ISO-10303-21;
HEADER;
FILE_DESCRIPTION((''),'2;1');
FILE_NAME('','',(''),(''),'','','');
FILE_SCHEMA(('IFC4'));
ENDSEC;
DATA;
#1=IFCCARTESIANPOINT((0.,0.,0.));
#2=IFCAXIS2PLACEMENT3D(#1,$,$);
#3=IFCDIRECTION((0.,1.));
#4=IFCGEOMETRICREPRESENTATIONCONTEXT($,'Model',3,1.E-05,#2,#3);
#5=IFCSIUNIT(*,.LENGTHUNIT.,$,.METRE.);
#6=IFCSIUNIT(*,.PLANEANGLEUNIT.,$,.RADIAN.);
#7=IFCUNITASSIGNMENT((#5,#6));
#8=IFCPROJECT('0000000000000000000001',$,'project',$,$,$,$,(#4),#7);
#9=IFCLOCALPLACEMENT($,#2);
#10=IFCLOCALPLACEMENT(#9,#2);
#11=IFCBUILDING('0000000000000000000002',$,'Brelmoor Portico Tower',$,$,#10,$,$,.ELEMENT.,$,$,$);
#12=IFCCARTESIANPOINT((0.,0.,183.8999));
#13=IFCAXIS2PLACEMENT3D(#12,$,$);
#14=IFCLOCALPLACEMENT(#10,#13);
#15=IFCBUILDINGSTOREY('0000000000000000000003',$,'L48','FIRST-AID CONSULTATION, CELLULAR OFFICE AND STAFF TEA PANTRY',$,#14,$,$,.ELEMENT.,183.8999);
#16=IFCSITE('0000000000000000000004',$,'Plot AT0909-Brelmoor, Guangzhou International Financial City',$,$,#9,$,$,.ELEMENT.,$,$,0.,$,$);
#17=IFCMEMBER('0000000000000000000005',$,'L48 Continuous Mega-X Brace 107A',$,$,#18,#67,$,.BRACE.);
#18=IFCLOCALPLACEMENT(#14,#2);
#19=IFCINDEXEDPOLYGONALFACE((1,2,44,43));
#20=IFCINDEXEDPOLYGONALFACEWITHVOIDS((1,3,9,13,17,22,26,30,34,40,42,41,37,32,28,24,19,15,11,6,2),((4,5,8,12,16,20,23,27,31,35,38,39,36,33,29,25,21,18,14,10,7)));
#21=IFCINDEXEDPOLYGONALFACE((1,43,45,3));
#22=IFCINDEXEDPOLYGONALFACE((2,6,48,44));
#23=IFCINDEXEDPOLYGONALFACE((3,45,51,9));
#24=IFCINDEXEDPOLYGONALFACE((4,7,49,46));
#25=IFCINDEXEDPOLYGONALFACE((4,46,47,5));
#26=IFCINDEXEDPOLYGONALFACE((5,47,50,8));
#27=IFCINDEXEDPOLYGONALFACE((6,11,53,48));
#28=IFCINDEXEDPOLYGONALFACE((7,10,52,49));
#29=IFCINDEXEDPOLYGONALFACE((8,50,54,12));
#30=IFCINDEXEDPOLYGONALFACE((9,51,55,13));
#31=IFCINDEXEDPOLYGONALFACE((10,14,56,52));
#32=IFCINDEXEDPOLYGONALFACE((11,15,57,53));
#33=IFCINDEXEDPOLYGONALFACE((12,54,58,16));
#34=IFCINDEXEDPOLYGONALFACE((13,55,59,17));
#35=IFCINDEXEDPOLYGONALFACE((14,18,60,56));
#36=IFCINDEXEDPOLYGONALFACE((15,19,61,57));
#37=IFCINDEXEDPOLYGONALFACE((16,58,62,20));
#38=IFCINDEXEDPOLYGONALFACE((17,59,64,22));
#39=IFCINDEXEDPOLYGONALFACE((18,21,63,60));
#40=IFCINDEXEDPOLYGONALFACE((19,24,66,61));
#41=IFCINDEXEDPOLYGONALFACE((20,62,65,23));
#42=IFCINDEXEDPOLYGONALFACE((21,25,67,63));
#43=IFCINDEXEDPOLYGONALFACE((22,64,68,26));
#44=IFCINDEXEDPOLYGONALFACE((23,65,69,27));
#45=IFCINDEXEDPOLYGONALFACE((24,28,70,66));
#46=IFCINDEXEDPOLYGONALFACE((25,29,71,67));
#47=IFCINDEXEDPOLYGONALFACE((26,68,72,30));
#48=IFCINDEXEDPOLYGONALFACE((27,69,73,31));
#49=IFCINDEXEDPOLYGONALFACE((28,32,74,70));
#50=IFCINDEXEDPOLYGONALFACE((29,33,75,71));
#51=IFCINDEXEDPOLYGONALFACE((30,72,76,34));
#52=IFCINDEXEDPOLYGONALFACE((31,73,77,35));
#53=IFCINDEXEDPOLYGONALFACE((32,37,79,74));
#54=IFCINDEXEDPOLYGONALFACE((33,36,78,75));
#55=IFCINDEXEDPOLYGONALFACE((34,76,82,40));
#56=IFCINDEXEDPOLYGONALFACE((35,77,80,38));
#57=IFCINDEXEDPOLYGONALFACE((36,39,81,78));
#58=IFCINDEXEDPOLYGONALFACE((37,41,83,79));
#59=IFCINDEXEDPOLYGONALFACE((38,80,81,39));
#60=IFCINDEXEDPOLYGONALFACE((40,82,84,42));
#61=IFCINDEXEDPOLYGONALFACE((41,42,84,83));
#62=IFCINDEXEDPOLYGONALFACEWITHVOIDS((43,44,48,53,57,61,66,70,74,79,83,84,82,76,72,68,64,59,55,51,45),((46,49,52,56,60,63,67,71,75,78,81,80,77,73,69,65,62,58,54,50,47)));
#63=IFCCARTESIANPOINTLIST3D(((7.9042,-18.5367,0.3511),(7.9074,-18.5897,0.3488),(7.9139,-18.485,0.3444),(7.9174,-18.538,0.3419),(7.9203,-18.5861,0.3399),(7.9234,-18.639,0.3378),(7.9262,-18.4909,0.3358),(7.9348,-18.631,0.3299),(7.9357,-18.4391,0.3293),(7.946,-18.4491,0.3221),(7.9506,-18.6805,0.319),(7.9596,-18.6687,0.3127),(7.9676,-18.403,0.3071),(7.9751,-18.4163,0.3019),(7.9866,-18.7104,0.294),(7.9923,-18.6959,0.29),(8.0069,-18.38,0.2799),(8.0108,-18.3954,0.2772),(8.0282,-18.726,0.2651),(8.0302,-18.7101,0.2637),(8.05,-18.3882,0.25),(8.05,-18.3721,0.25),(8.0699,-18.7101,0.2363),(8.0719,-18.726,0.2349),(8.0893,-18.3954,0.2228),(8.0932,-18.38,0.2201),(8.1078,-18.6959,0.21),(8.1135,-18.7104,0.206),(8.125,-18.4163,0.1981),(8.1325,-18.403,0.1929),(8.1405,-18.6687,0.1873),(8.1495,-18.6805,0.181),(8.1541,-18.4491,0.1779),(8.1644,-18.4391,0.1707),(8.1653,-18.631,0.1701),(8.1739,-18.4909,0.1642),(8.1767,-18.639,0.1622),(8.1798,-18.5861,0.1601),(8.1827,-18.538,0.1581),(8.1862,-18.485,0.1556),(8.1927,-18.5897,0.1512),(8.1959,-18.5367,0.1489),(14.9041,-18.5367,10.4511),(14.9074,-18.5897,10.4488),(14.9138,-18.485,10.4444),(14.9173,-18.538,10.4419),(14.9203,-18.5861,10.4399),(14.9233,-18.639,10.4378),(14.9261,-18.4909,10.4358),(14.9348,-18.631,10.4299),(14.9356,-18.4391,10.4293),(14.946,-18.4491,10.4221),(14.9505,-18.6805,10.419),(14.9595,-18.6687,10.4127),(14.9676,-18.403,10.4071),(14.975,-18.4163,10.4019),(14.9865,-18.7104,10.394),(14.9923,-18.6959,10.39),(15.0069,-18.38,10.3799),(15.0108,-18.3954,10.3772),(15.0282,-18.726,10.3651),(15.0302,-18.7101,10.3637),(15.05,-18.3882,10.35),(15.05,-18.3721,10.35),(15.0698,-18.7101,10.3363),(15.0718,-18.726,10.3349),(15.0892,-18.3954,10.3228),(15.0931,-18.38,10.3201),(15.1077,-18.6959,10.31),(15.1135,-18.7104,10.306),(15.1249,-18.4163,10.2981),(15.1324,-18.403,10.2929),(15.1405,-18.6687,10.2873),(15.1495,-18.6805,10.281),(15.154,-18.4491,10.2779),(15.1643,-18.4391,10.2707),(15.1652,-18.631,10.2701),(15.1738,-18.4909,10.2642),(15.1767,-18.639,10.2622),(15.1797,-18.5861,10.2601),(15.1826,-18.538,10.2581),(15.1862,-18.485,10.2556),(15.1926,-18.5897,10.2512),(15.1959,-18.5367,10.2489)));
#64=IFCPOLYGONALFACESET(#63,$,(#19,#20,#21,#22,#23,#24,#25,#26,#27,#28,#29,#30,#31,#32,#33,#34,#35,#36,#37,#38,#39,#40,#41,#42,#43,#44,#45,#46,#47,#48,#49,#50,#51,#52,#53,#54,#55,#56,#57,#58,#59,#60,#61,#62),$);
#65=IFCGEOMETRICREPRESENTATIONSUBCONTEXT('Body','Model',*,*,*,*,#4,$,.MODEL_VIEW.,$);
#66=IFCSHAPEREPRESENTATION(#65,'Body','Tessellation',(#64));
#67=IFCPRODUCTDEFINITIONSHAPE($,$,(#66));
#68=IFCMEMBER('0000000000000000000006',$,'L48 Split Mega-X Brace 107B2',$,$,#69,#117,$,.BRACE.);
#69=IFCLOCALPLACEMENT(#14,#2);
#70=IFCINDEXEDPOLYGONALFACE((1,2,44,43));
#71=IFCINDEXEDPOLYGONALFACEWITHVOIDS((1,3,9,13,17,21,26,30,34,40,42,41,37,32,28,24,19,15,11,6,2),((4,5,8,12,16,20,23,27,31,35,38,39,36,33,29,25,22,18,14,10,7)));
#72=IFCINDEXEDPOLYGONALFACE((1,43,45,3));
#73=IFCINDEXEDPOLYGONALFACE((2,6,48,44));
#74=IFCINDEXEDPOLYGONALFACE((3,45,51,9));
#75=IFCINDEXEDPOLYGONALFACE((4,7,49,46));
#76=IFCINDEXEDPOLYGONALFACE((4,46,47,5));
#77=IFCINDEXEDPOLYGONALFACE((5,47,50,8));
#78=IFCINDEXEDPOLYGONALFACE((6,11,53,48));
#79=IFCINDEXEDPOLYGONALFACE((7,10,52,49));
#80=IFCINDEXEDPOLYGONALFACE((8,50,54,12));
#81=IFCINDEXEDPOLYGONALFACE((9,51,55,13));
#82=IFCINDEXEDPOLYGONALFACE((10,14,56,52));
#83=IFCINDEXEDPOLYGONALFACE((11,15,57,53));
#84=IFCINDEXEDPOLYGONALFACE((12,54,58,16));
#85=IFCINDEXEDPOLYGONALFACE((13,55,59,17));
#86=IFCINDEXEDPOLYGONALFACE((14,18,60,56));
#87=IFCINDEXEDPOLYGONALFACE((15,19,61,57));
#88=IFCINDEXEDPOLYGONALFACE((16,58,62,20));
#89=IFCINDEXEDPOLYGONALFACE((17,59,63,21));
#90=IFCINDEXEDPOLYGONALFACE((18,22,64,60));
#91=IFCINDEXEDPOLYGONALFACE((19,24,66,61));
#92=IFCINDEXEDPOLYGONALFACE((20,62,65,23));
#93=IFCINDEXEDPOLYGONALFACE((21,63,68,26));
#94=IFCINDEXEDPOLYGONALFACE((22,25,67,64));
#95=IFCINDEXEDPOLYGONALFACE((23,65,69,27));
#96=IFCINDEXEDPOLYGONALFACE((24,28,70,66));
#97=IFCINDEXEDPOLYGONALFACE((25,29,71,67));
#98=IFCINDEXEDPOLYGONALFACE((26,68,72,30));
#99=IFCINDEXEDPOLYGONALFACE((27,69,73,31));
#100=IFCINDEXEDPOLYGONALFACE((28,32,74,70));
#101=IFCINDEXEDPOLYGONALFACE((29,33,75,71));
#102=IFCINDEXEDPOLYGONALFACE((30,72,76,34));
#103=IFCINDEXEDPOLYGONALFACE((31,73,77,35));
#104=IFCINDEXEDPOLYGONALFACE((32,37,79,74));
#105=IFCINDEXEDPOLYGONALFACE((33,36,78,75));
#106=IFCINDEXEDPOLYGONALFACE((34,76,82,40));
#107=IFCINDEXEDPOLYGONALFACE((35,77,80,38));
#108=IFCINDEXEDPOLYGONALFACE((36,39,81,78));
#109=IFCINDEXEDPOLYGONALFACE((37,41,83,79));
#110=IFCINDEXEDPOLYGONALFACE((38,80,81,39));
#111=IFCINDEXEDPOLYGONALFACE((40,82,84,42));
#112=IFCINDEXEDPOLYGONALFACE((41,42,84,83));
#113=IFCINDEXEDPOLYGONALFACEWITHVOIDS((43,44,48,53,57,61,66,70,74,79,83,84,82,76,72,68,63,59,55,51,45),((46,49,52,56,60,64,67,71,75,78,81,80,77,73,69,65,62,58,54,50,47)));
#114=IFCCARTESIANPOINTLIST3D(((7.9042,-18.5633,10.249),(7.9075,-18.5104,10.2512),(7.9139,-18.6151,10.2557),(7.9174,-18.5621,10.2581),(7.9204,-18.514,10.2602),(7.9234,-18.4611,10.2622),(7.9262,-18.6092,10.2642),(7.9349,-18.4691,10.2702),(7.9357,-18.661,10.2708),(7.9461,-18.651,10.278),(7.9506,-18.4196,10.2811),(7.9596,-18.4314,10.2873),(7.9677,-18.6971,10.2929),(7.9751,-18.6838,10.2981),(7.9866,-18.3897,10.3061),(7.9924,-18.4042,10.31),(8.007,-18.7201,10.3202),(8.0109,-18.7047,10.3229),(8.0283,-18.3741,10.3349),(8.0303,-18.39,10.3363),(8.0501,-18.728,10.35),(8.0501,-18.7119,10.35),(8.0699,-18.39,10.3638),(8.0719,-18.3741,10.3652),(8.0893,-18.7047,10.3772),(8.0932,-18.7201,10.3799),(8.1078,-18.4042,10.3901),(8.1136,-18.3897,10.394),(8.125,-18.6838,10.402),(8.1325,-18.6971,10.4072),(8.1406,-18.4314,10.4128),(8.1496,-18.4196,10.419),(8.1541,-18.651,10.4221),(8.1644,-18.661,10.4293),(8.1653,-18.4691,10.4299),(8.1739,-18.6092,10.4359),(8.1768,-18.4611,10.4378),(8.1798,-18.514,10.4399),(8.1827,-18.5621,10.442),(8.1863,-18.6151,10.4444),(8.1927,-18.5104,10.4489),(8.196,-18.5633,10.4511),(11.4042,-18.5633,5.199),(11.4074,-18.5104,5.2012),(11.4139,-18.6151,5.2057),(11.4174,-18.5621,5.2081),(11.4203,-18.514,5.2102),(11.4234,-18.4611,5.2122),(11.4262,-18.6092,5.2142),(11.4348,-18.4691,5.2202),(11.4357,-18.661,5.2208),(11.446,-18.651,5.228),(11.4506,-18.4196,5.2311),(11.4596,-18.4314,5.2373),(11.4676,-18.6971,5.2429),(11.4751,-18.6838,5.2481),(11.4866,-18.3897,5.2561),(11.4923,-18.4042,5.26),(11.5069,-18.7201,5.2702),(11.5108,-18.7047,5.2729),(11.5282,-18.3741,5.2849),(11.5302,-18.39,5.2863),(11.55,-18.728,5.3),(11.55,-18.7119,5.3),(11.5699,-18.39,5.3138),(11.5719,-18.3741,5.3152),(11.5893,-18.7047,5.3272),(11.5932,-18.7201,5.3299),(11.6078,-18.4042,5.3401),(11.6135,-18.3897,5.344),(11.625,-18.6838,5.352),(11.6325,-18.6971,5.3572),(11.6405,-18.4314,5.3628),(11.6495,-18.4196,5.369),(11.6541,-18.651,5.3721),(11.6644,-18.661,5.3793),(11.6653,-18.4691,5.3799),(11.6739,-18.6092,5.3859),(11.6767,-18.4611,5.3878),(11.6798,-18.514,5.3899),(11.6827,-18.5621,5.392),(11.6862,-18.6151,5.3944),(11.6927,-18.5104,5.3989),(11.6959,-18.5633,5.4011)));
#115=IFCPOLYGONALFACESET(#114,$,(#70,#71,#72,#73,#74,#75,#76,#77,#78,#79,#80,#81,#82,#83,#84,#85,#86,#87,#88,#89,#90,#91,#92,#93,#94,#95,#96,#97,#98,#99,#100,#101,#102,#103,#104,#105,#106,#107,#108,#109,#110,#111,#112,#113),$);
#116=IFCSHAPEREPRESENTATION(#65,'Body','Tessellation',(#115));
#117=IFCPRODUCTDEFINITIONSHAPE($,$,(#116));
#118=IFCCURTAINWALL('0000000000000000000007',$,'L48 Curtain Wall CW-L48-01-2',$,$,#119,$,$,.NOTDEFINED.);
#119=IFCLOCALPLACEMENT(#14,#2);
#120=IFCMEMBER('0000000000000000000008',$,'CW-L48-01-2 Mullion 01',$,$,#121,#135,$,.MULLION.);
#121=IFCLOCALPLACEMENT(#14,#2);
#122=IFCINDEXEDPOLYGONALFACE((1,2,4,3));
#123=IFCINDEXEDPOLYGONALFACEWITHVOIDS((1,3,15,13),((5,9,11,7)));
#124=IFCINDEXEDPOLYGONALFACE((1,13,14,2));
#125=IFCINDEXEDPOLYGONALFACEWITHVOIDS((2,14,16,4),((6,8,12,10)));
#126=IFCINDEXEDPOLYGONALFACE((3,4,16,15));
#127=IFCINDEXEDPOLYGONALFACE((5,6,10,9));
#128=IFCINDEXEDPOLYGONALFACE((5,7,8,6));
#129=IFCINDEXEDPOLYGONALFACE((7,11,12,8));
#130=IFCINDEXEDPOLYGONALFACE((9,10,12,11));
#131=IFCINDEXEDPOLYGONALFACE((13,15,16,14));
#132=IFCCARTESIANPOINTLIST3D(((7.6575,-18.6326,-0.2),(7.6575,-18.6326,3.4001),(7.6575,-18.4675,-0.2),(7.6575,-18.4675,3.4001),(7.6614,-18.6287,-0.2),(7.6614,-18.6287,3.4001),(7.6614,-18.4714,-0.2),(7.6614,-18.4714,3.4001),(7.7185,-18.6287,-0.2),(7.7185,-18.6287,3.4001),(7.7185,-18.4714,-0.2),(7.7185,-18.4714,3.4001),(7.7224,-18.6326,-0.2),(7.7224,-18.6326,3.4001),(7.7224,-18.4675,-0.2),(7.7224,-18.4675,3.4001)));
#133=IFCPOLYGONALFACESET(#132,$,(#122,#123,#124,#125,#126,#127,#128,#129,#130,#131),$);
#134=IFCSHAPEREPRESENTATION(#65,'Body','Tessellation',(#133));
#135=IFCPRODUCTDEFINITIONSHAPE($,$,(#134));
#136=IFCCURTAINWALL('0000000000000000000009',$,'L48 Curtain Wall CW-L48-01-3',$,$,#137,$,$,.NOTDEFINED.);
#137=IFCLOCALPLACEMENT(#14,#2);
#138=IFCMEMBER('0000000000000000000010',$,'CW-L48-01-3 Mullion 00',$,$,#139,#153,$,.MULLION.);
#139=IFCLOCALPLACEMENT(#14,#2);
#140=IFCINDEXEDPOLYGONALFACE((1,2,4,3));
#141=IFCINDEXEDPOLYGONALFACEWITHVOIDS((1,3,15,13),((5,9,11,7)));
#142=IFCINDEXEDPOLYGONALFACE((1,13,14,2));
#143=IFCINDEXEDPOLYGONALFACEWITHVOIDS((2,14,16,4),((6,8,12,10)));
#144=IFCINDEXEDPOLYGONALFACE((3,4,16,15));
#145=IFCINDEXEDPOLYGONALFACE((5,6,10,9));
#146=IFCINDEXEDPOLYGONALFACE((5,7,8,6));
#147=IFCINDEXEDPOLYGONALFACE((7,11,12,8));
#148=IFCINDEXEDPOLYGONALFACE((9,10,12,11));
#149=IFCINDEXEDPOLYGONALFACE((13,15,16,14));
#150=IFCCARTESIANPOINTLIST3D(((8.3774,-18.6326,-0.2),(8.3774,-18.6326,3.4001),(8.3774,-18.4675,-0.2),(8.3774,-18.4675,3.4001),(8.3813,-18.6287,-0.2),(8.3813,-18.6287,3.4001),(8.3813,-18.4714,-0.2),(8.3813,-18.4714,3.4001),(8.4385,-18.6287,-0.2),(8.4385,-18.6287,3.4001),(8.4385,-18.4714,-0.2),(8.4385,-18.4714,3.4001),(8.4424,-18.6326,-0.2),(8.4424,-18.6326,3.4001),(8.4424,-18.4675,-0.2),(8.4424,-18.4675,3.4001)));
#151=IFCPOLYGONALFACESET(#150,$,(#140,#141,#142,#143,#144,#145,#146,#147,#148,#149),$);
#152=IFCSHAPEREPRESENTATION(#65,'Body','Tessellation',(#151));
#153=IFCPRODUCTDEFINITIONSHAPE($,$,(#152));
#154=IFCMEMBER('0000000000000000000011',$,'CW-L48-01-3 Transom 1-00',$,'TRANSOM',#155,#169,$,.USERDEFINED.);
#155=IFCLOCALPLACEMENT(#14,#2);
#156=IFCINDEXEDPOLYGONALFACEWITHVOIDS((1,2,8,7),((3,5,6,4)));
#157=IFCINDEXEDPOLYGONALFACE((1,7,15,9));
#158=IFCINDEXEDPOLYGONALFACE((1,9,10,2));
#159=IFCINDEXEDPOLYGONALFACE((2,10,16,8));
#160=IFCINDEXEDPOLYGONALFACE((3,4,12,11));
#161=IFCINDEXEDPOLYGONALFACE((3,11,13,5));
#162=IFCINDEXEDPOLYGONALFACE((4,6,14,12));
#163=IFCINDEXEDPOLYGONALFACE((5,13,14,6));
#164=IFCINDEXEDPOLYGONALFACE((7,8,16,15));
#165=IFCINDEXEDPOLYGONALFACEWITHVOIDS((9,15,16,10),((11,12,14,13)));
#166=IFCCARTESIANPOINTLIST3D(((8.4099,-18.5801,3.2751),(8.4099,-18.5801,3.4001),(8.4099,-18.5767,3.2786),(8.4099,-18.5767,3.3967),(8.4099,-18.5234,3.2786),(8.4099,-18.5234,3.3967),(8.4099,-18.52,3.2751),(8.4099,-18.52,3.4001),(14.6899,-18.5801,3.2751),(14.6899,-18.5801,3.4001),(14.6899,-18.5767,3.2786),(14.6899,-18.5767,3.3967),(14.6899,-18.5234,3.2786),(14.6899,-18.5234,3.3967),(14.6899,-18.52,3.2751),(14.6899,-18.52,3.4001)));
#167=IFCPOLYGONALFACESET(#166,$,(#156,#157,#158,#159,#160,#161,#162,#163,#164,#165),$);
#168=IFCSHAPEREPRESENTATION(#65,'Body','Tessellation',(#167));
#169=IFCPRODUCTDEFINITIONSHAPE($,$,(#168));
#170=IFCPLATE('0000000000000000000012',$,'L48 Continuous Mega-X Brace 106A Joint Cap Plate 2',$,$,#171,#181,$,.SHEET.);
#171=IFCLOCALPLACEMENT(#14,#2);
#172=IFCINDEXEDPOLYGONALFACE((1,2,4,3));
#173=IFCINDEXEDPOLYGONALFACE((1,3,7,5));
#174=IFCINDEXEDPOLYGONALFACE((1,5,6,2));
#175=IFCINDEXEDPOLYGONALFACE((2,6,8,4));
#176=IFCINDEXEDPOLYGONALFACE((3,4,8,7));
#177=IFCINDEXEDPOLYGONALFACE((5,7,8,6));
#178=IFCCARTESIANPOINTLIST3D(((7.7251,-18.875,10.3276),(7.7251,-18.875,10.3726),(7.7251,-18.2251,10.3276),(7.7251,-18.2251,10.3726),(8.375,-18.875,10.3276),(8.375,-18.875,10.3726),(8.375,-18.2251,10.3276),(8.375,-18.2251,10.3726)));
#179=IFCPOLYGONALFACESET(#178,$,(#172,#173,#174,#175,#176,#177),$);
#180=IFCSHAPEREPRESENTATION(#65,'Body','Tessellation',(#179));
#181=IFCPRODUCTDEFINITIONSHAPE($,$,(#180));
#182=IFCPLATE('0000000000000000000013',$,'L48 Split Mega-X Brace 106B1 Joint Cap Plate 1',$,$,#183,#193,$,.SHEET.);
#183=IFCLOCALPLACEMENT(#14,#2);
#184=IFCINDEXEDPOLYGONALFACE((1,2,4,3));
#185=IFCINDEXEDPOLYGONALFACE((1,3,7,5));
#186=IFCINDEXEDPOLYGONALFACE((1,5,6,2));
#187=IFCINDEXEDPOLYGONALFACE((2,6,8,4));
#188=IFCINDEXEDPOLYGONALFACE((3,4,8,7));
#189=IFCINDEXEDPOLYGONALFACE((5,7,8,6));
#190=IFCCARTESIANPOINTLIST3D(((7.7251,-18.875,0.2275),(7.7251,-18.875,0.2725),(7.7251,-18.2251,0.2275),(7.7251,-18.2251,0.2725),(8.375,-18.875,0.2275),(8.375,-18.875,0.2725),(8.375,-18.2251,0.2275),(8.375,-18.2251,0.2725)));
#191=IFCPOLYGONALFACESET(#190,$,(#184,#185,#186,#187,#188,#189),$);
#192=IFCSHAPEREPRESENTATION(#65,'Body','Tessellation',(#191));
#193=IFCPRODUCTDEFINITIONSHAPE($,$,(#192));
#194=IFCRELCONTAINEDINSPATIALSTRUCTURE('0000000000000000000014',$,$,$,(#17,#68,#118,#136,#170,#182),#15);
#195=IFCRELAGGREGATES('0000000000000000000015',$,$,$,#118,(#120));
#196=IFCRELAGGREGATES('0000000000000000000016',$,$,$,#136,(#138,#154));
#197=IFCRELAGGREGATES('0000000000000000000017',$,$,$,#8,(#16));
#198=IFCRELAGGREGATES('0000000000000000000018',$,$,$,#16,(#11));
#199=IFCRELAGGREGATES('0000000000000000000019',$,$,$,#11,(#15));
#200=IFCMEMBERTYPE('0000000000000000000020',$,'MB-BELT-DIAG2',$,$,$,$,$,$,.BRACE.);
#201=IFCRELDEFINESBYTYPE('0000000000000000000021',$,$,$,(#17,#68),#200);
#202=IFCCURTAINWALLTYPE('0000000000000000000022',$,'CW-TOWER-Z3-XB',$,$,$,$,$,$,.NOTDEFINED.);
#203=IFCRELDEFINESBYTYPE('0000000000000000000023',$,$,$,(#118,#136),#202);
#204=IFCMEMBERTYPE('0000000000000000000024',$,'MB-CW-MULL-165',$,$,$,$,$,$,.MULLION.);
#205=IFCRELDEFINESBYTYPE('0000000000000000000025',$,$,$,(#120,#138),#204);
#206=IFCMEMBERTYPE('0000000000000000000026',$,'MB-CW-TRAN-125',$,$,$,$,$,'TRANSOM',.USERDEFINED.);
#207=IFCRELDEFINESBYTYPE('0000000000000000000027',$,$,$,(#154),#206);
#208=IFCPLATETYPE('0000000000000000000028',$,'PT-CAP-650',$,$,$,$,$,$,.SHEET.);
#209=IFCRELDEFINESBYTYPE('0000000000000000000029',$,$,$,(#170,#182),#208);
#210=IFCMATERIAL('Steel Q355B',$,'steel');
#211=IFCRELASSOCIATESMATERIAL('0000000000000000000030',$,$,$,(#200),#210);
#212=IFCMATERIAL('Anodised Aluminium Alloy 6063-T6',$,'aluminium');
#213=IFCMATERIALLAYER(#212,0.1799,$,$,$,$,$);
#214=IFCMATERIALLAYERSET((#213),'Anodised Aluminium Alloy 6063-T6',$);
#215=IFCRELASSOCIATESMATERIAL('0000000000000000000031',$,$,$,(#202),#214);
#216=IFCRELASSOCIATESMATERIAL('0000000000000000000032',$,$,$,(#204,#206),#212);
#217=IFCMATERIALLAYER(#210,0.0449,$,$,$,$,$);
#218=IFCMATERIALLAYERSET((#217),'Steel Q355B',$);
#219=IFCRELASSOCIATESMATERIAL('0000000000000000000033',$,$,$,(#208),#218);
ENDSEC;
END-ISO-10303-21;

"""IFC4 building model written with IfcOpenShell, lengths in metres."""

from ifc_helpers import new_model, si_unit, direction, frame, origin, origin_2d, place, context, subcontext, project, spatial, rectangle, hollow_rectangle, hollow_circle, extrude, material, layer, layer_set, material_profile, profile_set, type_object, element, aggregate, save


model = new_model("IFC4")

# Units and contexts
model_context = context("Model", 3, precision=1e-05, world=origin(), true_north=direction((0.0, 1.0)))
body_context = subcontext(model_context, "Body", "Model", "MODEL_VIEW")
ifc_project = project(units=[si_unit("LENGTHUNIT", "METRE"), si_unit("PLANEANGLEUNIT", "RADIAN")], contexts=[model_context])

# Site, building, storey
site_placement = place(None, origin())
site = spatial("IfcSite", under=ifc_project, at=site_placement, Name="Plot AT0909-Brelmoor, Guangzhou International Financial City", CompositionType="ELEMENT", RefElevation=0.0)
building_placement = place(site_placement, origin())
building = spatial("IfcBuilding", under=site, at=building_placement, Name="Brelmoor Portico Tower", CompositionType="ELEMENT")
storey_placement = place(building_placement, frame((0.0, 0.0, 183.8999)))
storey = spatial("IfcBuildingStorey", under=building, at=storey_placement, Name="L48", Description="FIRST-AID CONSULTATION, CELLULAR OFFICE AND STAFF TEA PANTRY", CompositionType="ELEMENT", Elevation=183.8999)

# Shared definitions
ifc_material_1 = material(Name="Steel Q355B", Category="steel")

# Members
ifc_material_profile_1 = material_profile(ifc_material_1, hollow_circle(Radius=0.178, WallThickness=0.0161, at=origin_2d()), Name="CHS 356x16")
ifc_profile_set_1 = profile_set([ifc_material_profile_1], Name="Steel Q355B")
member_type_1 = type_object("IfcMemberType", Name="MB-BELT-DIAG2", PredefinedType="BRACE", material=ifc_profile_set_1)
member_1_placement = place(storey_placement, frame((8.05, -18.55, 0.25), z_axis=(0.569629, 0.0, 0.821902), x_axis=(0.0, 1.0, 0.0)))
element("IfcMember", 1, at=member_1_placement, inside=storey, type_object=member_type_1, Name="L48 Continuous Mega-X Brace 107A", PredefinedType="BRACE", context=body_context, shape_type="SweptSolid", body=[
    extrude(hollow_circle(Radius=0.178, WallThickness=0.0161, at=origin_2d()), origin(), (0.0, 0.0, 1.0), 12.2886),
])
member_2_placement = place(storey_placement, frame((11.55, -18.55, 5.3), z_axis=(-0.569629, 0.0, 0.821902), x_axis=(0.0, -1.0, 0.0)))
element("IfcMember", 2, at=member_2_placement, inside=storey, type_object=member_type_1, Name="L48 Split Mega-X Brace 107B2", PredefinedType="BRACE", context=body_context, shape_type="SweptSolid", body=[
    extrude(hollow_circle(Radius=0.178, WallThickness=0.0161, at=origin_2d()), origin(), (0.0, 0.0, 1.0), 6.1443),
])

# Curtain wall, member
ifc_material_2 = material(Name="Anodised Aluminium Alloy 6063-T6", Category="aluminium")
ifc_layer_1 = layer(ifc_material_2, 0.1799)
ifc_layer_set_1 = layer_set([ifc_layer_1], Name="Anodised Aluminium Alloy 6063-T6")
curtain_wall_type = type_object("IfcCurtainWallType", Name="CW-TOWER-Z3-XB", PredefinedType="NOTDEFINED", material=ifc_layer_set_1)
curtain_wall_1_placement = place(storey_placement, origin())
curtain_wall_1 = element("IfcCurtainWall", 3, at=curtain_wall_1_placement, inside=storey, type_object=curtain_wall_type, Name="L48 Curtain Wall CW-L48-01-2", PredefinedType="NOTDEFINED")
ifc_material_profile_2 = material_profile(ifc_material_2, hollow_rectangle(XDim=0.0649, YDim=0.165, WallThickness=0.0039, at=origin_2d()), Name="ALU MULLION 65x165")
ifc_profile_set_2 = profile_set([ifc_material_profile_2], Name="Anodised Aluminium Alloy 6063-T6")
member_type_2 = type_object("IfcMemberType", Name="MB-CW-MULL-165", PredefinedType="MULLION", material=ifc_profile_set_2)
member_3_placement = place(storey_placement, frame((7.6899, -18.55, -0.2), z_axis=(0.0, 0.0, 1.0), x_axis=(1.0, 0.0, 0.0)))
member_3 = element("IfcMember", 4, at=member_3_placement, type_object=member_type_2, Name="CW-L48-01-2 Mullion 01", PredefinedType="MULLION", context=body_context, shape_type="SweptSolid", body=[
    extrude(hollow_rectangle(XDim=0.0649, YDim=0.165, WallThickness=0.0039, at=origin_2d()), origin(), (0.0, 0.0, 1.0), 3.6001),
])

# Curtain wall, members
curtain_wall_2_placement = place(storey_placement, origin())
curtain_wall_2 = element("IfcCurtainWall", 5, at=curtain_wall_2_placement, inside=storey, type_object=curtain_wall_type, Name="L48 Curtain Wall CW-L48-01-3", PredefinedType="NOTDEFINED")
member_4_placement = place(storey_placement, frame((8.4099, -18.55, -0.2), z_axis=(0.0, 0.0, 1.0), x_axis=(1.0, 0.0, 0.0)))
member_4 = element("IfcMember", 6, at=member_4_placement, type_object=member_type_2, Name="CW-L48-01-3 Mullion 00", PredefinedType="MULLION", context=body_context, shape_type="SweptSolid", body=[
    extrude(hollow_rectangle(XDim=0.0649, YDim=0.165, WallThickness=0.0039, at=origin_2d()), origin(), (0.0, 0.0, 1.0), 3.6001),
])
ifc_material_profile_3 = material_profile(ifc_material_2, hollow_rectangle(XDim=0.0601, YDim=0.125, WallThickness=0.0034, at=origin_2d()), Name="ALU TRANSOM 60x125")
ifc_profile_set_3 = profile_set([ifc_material_profile_3], Name="Anodised Aluminium Alloy 6063-T6")
member_type_3 = type_object("IfcMemberType", Name="MB-CW-TRAN-125", ElementType="TRANSOM", PredefinedType="USERDEFINED", material=ifc_profile_set_3)
member_5_placement = place(storey_placement, frame((8.4099, -18.55, 3.3376), z_axis=(1.0, 0.0, 0.0), x_axis=(0.0, 1.0, 0.0)))
member_5 = element("IfcMember", 7, at=member_5_placement, type_object=member_type_3, Name="CW-L48-01-3 Transom 1-00", ObjectType="TRANSOM", PredefinedType="USERDEFINED", context=body_context, shape_type="SweptSolid", body=[
    extrude(hollow_rectangle(XDim=0.0601, YDim=0.125, WallThickness=0.0034, at=origin_2d()), origin(), (0.0, 0.0, 1.0), 6.28),
])

# Plates
ifc_layer_2 = layer(ifc_material_1, 0.0449)
ifc_layer_set_2 = layer_set([ifc_layer_2], Name="Steel Q355B")
plate_type_1 = type_object("IfcPlateType", Name="PT-CAP-650", PredefinedType="SHEET", material=ifc_layer_set_2)
for number, where, z_axis, x_axis, name in (
    (8, (8.05, -18.55, 10.3276), (0.0, 0.0, 1.0), (1.0, 0.0, 0.0), "L48 Continuous Mega-X Brace 106A Joint Cap Plate 2"),
    (9, (8.05, -18.55, 0.2275), (0.0, 0.0, 1.0), (1.0, 0.0, 0.0), "L48 Split Mega-X Brace 106B1 Joint Cap Plate 1"),
):
    element("IfcPlate", number, at=place(storey_placement, frame(where, z_axis=z_axis, x_axis=x_axis)), inside=storey, type_object=plate_type_1, Name=name, PredefinedType="SHEET", context=body_context, shape_type="SweptSolid", body=[
        extrude(rectangle(XDim=0.6499, YDim=0.6499, at=origin_2d()), origin(), (0.0, 0.0, 1.0), 0.0449),
    ])

aggregate(curtain_wall_1, [member_3])
aggregate(curtain_wall_2, [member_4, member_5])

save(model, "model.ifc")
